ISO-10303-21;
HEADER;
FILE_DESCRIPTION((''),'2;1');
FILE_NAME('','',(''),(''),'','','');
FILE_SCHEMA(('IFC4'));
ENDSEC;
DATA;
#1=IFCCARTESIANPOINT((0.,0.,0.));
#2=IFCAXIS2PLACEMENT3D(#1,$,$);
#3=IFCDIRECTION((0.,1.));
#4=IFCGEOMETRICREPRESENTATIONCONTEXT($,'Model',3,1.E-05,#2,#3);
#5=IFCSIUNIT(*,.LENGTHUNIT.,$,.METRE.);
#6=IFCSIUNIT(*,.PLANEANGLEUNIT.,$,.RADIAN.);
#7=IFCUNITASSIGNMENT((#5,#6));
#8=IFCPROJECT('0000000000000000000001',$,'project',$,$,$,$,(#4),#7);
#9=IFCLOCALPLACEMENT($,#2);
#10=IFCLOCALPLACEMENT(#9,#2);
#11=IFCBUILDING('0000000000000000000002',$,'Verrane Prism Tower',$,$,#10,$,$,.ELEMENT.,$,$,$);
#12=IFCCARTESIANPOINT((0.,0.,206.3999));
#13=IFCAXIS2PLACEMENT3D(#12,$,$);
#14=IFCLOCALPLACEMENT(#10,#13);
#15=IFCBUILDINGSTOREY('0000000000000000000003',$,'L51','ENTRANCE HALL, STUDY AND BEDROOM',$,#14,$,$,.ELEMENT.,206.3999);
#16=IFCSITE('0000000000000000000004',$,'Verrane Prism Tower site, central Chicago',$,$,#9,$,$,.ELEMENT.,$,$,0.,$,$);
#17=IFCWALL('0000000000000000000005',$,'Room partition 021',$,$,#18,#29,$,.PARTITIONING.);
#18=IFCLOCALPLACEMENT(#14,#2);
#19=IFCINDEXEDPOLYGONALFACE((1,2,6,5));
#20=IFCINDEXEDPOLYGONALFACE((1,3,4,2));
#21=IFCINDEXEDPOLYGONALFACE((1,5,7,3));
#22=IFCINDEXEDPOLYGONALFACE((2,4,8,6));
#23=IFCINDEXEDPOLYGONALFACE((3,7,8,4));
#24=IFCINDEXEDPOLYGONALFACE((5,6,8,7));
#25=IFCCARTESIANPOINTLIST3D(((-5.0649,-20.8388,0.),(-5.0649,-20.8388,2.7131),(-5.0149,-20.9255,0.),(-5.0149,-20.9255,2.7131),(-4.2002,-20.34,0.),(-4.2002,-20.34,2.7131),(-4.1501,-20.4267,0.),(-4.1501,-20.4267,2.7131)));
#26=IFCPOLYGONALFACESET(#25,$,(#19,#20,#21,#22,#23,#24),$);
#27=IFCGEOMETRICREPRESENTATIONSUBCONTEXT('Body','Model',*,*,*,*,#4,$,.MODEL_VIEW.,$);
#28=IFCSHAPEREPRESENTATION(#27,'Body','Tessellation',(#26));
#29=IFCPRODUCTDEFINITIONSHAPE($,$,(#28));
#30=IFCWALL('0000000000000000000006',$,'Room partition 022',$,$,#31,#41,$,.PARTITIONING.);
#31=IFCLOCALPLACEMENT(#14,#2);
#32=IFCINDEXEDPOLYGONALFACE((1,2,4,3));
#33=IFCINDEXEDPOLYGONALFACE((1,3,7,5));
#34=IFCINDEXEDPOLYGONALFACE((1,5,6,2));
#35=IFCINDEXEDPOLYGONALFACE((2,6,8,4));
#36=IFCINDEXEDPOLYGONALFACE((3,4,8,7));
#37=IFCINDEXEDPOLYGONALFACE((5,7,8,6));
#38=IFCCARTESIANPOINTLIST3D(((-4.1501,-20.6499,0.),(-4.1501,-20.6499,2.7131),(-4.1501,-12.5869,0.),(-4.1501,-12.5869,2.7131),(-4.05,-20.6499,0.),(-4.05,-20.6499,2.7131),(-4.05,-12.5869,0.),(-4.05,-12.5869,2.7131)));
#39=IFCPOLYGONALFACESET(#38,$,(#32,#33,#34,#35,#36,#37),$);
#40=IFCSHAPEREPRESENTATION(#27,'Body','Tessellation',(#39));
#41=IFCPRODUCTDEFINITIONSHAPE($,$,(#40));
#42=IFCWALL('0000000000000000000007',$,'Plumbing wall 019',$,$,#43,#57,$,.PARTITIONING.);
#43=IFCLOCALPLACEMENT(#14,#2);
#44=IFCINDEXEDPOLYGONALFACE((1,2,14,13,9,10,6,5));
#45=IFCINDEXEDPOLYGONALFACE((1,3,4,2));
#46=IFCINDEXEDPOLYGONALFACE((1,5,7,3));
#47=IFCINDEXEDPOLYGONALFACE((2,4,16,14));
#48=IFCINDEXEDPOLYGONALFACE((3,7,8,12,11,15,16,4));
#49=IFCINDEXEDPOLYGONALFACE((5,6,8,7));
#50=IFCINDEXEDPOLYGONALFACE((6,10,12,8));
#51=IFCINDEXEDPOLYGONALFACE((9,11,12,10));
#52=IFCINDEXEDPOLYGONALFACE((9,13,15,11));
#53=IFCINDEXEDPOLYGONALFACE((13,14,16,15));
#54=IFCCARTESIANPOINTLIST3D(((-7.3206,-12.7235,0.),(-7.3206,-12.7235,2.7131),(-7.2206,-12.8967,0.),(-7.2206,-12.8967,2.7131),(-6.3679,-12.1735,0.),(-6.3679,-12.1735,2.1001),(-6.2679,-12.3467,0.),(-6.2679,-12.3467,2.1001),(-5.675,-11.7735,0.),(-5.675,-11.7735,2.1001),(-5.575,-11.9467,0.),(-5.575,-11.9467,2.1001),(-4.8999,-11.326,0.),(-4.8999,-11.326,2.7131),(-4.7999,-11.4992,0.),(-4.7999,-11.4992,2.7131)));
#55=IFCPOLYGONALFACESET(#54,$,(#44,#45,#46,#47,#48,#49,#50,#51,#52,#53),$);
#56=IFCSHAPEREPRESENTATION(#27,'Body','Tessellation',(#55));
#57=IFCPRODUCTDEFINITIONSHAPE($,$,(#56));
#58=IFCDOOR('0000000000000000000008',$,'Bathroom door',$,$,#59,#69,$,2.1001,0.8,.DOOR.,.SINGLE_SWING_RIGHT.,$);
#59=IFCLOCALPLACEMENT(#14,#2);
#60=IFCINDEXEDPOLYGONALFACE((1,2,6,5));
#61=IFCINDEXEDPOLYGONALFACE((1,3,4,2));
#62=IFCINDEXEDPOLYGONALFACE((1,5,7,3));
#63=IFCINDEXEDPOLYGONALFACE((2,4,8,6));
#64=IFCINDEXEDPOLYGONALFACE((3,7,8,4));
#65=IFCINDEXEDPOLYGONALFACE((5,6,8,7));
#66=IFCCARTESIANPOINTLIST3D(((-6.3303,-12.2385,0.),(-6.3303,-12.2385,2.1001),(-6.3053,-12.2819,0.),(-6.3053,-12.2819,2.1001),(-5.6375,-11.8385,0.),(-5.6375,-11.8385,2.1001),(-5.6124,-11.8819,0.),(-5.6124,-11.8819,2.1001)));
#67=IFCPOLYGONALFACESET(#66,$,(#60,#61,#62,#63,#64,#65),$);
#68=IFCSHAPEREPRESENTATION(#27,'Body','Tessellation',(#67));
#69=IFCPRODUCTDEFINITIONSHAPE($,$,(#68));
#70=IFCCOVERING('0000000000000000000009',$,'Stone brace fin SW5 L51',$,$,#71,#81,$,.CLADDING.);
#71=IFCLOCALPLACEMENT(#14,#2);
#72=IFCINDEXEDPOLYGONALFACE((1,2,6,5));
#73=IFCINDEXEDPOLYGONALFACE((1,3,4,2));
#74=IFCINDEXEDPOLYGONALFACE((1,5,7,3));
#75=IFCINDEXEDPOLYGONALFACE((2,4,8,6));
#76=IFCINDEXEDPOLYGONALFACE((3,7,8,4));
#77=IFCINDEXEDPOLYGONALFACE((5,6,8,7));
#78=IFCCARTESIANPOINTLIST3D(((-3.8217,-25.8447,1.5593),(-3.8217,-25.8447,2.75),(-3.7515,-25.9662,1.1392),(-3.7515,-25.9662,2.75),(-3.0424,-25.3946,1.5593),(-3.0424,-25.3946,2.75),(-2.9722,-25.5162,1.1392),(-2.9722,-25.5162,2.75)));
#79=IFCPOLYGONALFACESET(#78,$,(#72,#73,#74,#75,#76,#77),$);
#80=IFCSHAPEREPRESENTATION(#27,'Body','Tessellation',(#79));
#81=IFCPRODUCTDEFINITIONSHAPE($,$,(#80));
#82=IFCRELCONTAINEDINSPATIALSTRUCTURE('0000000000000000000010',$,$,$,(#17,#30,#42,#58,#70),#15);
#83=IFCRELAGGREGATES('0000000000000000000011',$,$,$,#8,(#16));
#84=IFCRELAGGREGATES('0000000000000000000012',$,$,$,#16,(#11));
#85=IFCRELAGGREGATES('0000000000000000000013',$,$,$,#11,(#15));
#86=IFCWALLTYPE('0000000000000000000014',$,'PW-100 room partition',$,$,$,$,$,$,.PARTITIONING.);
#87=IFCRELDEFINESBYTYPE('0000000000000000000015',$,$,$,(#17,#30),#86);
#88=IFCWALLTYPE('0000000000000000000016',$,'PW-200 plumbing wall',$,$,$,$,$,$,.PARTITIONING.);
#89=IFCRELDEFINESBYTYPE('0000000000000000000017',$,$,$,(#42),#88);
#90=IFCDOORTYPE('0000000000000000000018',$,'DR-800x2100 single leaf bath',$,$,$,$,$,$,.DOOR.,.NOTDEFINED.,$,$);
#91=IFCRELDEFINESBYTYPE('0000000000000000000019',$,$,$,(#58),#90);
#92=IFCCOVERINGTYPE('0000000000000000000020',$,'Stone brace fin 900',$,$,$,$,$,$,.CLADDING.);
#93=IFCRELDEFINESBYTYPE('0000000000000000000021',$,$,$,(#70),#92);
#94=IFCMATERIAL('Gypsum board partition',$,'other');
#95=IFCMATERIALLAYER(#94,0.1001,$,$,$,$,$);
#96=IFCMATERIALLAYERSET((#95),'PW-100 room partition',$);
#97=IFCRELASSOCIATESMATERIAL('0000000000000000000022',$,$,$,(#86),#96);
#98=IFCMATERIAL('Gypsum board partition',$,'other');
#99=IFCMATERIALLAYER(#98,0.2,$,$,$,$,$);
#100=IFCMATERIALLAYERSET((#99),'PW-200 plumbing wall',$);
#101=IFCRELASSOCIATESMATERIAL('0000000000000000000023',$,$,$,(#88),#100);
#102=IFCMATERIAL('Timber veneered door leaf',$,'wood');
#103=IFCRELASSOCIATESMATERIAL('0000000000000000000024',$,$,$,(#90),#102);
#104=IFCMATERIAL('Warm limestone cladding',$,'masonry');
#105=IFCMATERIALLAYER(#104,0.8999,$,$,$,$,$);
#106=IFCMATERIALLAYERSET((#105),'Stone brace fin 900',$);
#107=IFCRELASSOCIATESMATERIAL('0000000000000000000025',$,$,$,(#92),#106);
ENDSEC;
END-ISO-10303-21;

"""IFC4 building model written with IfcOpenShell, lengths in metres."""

from ifc_helpers import new_model, si_unit, direction, frame, frame_2d, origin, place, context, subcontext, project, spatial, polyline, rectangle, outline, extrude, material, layer, layer_set, type_object, element, fill, save


model = new_model("IFC4")

# Units and contexts
model_context = context("Model", 3, precision=1e-05, world=origin(), true_north=direction((0.0, 1.0)))
body_context = subcontext(model_context, "Body", "Model", "MODEL_VIEW")
ifc_project = project(units=[si_unit("LENGTHUNIT", "METRE"), si_unit("PLANEANGLEUNIT", "RADIAN")], contexts=[model_context])

# Site, building, storey
site_placement = place(None, origin())
site = spatial("IfcSite", under=ifc_project, at=site_placement, Name="Verrane Prism Tower site, central Chicago", CompositionType="ELEMENT", RefElevation=0.0)
building_placement = place(site_placement, origin())
building = spatial("IfcBuilding", under=site, at=building_placement, Name="Verrane Prism Tower", CompositionType="ELEMENT")
storey_placement = place(building_placement, frame((0.0, 0.0, 206.3999)))
storey = spatial("IfcBuildingStorey", under=building, at=storey_placement, Name="L51", Description="ENTRANCE HALL, STUDY AND BEDROOM", CompositionType="ELEMENT", Elevation=206.3999)

# Walls
ifc_material_1 = material(Name="Gypsum board partition", Category="other")
ifc_layer_1 = layer(ifc_material_1, 0.1001)
ifc_layer_set_1 = layer_set([ifc_layer_1], Name="PW-100 room partition")
wall_type_1 = type_object("IfcWallType", Name="PW-100 room partition", PredefinedType="PARTITIONING", material=ifc_layer_set_1)
wall_1_placement = place(storey_placement, frame((-5.0398, -20.8821, 0.0), z_axis=(0.0, 0.0, 1.0), x_axis=(0.866234, 0.499638, 0.0)))
element("IfcWall", 1, at=wall_1_placement, inside=storey, type_object=wall_type_1, Name="Room partition 021", PredefinedType="PARTITIONING", context=body_context, shape_type="SweptSolid", body=[
    extrude(rectangle(XDim=0.9983, YDim=0.1001, at=frame_2d((0.499, 0.0))), origin(), (0.0, 0.0, 1.0), 2.7131),
])
wall_2_placement = place(storey_placement, frame((-4.1001, -20.6499, 0.0), z_axis=(0.0, 0.0, 1.0), x_axis=(0.0, 1.0, 0.0)))
element("IfcWall", 2, at=wall_2_placement, inside=storey, type_object=wall_type_1, Name="Room partition 022", PredefinedType="PARTITIONING", context=body_context, shape_type="SweptSolid", body=[
    extrude(rectangle(XDim=8.063, YDim=0.1001, at=frame_2d((4.0315, 0.0))), origin(), (0.0, 0.0, 1.0), 2.7131),
])

# Wall, opening, door
ifc_material_2 = material(Name="Gypsum board partition", Category="other")
ifc_layer_2 = layer(ifc_material_2, 0.2)
ifc_layer_set_2 = layer_set([ifc_layer_2], Name="PW-200 plumbing wall")
wall_type_2 = type_object("IfcWallType", Name="PW-200 plumbing wall", PredefinedType="PARTITIONING", material=ifc_layer_set_2)
wall_3_placement = place(storey_placement, frame((-7.2705, -12.8101, 0.0), z_axis=(0.0, 0.0, 1.0), x_axis=(0.866042, 0.499972, 0.0)))
wall_3 = element("IfcWall", 3, at=wall_3_placement, inside=storey, type_object=wall_type_2, Name="Plumbing wall 019", PredefinedType="PARTITIONING", context=body_context, shape_type="SweptSolid", body=[
    extrude(rectangle(XDim=2.7952, YDim=0.2, at=frame_2d((1.3975, 0.0))), origin(), (0.0, 0.0, 1.0), 2.7131),
])
opening_1_placement = place(wall_3_placement, frame((1.1001, 0.0, 0.0)))
opening_1 = element("IfcOpeningElement", 4, at=opening_1_placement, cuts=wall_3, PredefinedType="OPENING", context=body_context, shape_type="SweptSolid", body=[
    extrude(rectangle(XDim=0.8, YDim=2.1001, at=frame_2d((0.3999, 1.05))), frame((0.0, 0.1099, 0.0), z_axis=(0.0, -1.0, 0.0), x_axis=(1.0, 0.0, 0.0)), (0.0, 0.0, 1.0), 0.22),
])
ifc_material_3 = material(Name="Timber veneered door leaf", Category="wood")
door_type_1 = type_object("IfcDoorType", Name="DR-800x2100 single leaf bath", OperationType="NOTDEFINED", PredefinedType="DOOR", material=ifc_material_3)
door_1_placement = place(opening_1_placement, origin())
door_1 = element("IfcDoor", 5, at=door_1_placement, inside=storey, type_object=door_type_1, Name="Bathroom door", OperationType="SINGLE_SWING_RIGHT", OverallHeight=2.1001, OverallWidth=0.8, PredefinedType="DOOR", context=body_context, shape_type="SweptSolid", body=[
    extrude(rectangle(XDim=0.8, YDim=2.1001, at=frame_2d((0.3999, 1.05))), frame((0.0, 0.0249, 0.0), z_axis=(0.0, -1.0, 0.0), x_axis=(1.0, 0.0, 0.0)), (0.0, 0.0, 1.0), 0.05),
])
fill(opening_1, door_1)

# Covering
ifc_material_4 = material(Name="Warm limestone cladding", Category="masonry")
ifc_layer_3 = layer(ifc_material_4, 0.8999)
ifc_layer_set_3 = layer_set([ifc_layer_3], Name="Stone brace fin 900")
covering_type = type_object("IfcCoveringType", Name="Stone brace fin 900", PredefinedType="CLADDING", material=ifc_layer_set_3)
covering_placement = place(storey_placement, frame((-3.3618, -25.7412, 1.1392), z_axis=(0.0, 0.0, 1.0), x_axis=(-0.500074, 0.865982, 0.0)))
element("IfcCovering", 6, at=covering_placement, inside=storey, type_object=covering_type, Name="Stone brace fin SW5 L51", PredefinedType="CLADDING", context=body_context, shape_type="SweptSolid", body=[
    extrude(outline(polyline([(0.1404, 1.6108), (0.0, 1.6108), (0.0, 0.0), (0.1404, 0.4202), (0.1404, 1.6108)])), frame((0.0, 0.45, 0.0), z_axis=(0.0, -1.0, 0.0), x_axis=(1.0, 0.0, 0.0)), (0.0, 0.0, 1.0), 0.8999),
])

save(model, "model.ifc")
